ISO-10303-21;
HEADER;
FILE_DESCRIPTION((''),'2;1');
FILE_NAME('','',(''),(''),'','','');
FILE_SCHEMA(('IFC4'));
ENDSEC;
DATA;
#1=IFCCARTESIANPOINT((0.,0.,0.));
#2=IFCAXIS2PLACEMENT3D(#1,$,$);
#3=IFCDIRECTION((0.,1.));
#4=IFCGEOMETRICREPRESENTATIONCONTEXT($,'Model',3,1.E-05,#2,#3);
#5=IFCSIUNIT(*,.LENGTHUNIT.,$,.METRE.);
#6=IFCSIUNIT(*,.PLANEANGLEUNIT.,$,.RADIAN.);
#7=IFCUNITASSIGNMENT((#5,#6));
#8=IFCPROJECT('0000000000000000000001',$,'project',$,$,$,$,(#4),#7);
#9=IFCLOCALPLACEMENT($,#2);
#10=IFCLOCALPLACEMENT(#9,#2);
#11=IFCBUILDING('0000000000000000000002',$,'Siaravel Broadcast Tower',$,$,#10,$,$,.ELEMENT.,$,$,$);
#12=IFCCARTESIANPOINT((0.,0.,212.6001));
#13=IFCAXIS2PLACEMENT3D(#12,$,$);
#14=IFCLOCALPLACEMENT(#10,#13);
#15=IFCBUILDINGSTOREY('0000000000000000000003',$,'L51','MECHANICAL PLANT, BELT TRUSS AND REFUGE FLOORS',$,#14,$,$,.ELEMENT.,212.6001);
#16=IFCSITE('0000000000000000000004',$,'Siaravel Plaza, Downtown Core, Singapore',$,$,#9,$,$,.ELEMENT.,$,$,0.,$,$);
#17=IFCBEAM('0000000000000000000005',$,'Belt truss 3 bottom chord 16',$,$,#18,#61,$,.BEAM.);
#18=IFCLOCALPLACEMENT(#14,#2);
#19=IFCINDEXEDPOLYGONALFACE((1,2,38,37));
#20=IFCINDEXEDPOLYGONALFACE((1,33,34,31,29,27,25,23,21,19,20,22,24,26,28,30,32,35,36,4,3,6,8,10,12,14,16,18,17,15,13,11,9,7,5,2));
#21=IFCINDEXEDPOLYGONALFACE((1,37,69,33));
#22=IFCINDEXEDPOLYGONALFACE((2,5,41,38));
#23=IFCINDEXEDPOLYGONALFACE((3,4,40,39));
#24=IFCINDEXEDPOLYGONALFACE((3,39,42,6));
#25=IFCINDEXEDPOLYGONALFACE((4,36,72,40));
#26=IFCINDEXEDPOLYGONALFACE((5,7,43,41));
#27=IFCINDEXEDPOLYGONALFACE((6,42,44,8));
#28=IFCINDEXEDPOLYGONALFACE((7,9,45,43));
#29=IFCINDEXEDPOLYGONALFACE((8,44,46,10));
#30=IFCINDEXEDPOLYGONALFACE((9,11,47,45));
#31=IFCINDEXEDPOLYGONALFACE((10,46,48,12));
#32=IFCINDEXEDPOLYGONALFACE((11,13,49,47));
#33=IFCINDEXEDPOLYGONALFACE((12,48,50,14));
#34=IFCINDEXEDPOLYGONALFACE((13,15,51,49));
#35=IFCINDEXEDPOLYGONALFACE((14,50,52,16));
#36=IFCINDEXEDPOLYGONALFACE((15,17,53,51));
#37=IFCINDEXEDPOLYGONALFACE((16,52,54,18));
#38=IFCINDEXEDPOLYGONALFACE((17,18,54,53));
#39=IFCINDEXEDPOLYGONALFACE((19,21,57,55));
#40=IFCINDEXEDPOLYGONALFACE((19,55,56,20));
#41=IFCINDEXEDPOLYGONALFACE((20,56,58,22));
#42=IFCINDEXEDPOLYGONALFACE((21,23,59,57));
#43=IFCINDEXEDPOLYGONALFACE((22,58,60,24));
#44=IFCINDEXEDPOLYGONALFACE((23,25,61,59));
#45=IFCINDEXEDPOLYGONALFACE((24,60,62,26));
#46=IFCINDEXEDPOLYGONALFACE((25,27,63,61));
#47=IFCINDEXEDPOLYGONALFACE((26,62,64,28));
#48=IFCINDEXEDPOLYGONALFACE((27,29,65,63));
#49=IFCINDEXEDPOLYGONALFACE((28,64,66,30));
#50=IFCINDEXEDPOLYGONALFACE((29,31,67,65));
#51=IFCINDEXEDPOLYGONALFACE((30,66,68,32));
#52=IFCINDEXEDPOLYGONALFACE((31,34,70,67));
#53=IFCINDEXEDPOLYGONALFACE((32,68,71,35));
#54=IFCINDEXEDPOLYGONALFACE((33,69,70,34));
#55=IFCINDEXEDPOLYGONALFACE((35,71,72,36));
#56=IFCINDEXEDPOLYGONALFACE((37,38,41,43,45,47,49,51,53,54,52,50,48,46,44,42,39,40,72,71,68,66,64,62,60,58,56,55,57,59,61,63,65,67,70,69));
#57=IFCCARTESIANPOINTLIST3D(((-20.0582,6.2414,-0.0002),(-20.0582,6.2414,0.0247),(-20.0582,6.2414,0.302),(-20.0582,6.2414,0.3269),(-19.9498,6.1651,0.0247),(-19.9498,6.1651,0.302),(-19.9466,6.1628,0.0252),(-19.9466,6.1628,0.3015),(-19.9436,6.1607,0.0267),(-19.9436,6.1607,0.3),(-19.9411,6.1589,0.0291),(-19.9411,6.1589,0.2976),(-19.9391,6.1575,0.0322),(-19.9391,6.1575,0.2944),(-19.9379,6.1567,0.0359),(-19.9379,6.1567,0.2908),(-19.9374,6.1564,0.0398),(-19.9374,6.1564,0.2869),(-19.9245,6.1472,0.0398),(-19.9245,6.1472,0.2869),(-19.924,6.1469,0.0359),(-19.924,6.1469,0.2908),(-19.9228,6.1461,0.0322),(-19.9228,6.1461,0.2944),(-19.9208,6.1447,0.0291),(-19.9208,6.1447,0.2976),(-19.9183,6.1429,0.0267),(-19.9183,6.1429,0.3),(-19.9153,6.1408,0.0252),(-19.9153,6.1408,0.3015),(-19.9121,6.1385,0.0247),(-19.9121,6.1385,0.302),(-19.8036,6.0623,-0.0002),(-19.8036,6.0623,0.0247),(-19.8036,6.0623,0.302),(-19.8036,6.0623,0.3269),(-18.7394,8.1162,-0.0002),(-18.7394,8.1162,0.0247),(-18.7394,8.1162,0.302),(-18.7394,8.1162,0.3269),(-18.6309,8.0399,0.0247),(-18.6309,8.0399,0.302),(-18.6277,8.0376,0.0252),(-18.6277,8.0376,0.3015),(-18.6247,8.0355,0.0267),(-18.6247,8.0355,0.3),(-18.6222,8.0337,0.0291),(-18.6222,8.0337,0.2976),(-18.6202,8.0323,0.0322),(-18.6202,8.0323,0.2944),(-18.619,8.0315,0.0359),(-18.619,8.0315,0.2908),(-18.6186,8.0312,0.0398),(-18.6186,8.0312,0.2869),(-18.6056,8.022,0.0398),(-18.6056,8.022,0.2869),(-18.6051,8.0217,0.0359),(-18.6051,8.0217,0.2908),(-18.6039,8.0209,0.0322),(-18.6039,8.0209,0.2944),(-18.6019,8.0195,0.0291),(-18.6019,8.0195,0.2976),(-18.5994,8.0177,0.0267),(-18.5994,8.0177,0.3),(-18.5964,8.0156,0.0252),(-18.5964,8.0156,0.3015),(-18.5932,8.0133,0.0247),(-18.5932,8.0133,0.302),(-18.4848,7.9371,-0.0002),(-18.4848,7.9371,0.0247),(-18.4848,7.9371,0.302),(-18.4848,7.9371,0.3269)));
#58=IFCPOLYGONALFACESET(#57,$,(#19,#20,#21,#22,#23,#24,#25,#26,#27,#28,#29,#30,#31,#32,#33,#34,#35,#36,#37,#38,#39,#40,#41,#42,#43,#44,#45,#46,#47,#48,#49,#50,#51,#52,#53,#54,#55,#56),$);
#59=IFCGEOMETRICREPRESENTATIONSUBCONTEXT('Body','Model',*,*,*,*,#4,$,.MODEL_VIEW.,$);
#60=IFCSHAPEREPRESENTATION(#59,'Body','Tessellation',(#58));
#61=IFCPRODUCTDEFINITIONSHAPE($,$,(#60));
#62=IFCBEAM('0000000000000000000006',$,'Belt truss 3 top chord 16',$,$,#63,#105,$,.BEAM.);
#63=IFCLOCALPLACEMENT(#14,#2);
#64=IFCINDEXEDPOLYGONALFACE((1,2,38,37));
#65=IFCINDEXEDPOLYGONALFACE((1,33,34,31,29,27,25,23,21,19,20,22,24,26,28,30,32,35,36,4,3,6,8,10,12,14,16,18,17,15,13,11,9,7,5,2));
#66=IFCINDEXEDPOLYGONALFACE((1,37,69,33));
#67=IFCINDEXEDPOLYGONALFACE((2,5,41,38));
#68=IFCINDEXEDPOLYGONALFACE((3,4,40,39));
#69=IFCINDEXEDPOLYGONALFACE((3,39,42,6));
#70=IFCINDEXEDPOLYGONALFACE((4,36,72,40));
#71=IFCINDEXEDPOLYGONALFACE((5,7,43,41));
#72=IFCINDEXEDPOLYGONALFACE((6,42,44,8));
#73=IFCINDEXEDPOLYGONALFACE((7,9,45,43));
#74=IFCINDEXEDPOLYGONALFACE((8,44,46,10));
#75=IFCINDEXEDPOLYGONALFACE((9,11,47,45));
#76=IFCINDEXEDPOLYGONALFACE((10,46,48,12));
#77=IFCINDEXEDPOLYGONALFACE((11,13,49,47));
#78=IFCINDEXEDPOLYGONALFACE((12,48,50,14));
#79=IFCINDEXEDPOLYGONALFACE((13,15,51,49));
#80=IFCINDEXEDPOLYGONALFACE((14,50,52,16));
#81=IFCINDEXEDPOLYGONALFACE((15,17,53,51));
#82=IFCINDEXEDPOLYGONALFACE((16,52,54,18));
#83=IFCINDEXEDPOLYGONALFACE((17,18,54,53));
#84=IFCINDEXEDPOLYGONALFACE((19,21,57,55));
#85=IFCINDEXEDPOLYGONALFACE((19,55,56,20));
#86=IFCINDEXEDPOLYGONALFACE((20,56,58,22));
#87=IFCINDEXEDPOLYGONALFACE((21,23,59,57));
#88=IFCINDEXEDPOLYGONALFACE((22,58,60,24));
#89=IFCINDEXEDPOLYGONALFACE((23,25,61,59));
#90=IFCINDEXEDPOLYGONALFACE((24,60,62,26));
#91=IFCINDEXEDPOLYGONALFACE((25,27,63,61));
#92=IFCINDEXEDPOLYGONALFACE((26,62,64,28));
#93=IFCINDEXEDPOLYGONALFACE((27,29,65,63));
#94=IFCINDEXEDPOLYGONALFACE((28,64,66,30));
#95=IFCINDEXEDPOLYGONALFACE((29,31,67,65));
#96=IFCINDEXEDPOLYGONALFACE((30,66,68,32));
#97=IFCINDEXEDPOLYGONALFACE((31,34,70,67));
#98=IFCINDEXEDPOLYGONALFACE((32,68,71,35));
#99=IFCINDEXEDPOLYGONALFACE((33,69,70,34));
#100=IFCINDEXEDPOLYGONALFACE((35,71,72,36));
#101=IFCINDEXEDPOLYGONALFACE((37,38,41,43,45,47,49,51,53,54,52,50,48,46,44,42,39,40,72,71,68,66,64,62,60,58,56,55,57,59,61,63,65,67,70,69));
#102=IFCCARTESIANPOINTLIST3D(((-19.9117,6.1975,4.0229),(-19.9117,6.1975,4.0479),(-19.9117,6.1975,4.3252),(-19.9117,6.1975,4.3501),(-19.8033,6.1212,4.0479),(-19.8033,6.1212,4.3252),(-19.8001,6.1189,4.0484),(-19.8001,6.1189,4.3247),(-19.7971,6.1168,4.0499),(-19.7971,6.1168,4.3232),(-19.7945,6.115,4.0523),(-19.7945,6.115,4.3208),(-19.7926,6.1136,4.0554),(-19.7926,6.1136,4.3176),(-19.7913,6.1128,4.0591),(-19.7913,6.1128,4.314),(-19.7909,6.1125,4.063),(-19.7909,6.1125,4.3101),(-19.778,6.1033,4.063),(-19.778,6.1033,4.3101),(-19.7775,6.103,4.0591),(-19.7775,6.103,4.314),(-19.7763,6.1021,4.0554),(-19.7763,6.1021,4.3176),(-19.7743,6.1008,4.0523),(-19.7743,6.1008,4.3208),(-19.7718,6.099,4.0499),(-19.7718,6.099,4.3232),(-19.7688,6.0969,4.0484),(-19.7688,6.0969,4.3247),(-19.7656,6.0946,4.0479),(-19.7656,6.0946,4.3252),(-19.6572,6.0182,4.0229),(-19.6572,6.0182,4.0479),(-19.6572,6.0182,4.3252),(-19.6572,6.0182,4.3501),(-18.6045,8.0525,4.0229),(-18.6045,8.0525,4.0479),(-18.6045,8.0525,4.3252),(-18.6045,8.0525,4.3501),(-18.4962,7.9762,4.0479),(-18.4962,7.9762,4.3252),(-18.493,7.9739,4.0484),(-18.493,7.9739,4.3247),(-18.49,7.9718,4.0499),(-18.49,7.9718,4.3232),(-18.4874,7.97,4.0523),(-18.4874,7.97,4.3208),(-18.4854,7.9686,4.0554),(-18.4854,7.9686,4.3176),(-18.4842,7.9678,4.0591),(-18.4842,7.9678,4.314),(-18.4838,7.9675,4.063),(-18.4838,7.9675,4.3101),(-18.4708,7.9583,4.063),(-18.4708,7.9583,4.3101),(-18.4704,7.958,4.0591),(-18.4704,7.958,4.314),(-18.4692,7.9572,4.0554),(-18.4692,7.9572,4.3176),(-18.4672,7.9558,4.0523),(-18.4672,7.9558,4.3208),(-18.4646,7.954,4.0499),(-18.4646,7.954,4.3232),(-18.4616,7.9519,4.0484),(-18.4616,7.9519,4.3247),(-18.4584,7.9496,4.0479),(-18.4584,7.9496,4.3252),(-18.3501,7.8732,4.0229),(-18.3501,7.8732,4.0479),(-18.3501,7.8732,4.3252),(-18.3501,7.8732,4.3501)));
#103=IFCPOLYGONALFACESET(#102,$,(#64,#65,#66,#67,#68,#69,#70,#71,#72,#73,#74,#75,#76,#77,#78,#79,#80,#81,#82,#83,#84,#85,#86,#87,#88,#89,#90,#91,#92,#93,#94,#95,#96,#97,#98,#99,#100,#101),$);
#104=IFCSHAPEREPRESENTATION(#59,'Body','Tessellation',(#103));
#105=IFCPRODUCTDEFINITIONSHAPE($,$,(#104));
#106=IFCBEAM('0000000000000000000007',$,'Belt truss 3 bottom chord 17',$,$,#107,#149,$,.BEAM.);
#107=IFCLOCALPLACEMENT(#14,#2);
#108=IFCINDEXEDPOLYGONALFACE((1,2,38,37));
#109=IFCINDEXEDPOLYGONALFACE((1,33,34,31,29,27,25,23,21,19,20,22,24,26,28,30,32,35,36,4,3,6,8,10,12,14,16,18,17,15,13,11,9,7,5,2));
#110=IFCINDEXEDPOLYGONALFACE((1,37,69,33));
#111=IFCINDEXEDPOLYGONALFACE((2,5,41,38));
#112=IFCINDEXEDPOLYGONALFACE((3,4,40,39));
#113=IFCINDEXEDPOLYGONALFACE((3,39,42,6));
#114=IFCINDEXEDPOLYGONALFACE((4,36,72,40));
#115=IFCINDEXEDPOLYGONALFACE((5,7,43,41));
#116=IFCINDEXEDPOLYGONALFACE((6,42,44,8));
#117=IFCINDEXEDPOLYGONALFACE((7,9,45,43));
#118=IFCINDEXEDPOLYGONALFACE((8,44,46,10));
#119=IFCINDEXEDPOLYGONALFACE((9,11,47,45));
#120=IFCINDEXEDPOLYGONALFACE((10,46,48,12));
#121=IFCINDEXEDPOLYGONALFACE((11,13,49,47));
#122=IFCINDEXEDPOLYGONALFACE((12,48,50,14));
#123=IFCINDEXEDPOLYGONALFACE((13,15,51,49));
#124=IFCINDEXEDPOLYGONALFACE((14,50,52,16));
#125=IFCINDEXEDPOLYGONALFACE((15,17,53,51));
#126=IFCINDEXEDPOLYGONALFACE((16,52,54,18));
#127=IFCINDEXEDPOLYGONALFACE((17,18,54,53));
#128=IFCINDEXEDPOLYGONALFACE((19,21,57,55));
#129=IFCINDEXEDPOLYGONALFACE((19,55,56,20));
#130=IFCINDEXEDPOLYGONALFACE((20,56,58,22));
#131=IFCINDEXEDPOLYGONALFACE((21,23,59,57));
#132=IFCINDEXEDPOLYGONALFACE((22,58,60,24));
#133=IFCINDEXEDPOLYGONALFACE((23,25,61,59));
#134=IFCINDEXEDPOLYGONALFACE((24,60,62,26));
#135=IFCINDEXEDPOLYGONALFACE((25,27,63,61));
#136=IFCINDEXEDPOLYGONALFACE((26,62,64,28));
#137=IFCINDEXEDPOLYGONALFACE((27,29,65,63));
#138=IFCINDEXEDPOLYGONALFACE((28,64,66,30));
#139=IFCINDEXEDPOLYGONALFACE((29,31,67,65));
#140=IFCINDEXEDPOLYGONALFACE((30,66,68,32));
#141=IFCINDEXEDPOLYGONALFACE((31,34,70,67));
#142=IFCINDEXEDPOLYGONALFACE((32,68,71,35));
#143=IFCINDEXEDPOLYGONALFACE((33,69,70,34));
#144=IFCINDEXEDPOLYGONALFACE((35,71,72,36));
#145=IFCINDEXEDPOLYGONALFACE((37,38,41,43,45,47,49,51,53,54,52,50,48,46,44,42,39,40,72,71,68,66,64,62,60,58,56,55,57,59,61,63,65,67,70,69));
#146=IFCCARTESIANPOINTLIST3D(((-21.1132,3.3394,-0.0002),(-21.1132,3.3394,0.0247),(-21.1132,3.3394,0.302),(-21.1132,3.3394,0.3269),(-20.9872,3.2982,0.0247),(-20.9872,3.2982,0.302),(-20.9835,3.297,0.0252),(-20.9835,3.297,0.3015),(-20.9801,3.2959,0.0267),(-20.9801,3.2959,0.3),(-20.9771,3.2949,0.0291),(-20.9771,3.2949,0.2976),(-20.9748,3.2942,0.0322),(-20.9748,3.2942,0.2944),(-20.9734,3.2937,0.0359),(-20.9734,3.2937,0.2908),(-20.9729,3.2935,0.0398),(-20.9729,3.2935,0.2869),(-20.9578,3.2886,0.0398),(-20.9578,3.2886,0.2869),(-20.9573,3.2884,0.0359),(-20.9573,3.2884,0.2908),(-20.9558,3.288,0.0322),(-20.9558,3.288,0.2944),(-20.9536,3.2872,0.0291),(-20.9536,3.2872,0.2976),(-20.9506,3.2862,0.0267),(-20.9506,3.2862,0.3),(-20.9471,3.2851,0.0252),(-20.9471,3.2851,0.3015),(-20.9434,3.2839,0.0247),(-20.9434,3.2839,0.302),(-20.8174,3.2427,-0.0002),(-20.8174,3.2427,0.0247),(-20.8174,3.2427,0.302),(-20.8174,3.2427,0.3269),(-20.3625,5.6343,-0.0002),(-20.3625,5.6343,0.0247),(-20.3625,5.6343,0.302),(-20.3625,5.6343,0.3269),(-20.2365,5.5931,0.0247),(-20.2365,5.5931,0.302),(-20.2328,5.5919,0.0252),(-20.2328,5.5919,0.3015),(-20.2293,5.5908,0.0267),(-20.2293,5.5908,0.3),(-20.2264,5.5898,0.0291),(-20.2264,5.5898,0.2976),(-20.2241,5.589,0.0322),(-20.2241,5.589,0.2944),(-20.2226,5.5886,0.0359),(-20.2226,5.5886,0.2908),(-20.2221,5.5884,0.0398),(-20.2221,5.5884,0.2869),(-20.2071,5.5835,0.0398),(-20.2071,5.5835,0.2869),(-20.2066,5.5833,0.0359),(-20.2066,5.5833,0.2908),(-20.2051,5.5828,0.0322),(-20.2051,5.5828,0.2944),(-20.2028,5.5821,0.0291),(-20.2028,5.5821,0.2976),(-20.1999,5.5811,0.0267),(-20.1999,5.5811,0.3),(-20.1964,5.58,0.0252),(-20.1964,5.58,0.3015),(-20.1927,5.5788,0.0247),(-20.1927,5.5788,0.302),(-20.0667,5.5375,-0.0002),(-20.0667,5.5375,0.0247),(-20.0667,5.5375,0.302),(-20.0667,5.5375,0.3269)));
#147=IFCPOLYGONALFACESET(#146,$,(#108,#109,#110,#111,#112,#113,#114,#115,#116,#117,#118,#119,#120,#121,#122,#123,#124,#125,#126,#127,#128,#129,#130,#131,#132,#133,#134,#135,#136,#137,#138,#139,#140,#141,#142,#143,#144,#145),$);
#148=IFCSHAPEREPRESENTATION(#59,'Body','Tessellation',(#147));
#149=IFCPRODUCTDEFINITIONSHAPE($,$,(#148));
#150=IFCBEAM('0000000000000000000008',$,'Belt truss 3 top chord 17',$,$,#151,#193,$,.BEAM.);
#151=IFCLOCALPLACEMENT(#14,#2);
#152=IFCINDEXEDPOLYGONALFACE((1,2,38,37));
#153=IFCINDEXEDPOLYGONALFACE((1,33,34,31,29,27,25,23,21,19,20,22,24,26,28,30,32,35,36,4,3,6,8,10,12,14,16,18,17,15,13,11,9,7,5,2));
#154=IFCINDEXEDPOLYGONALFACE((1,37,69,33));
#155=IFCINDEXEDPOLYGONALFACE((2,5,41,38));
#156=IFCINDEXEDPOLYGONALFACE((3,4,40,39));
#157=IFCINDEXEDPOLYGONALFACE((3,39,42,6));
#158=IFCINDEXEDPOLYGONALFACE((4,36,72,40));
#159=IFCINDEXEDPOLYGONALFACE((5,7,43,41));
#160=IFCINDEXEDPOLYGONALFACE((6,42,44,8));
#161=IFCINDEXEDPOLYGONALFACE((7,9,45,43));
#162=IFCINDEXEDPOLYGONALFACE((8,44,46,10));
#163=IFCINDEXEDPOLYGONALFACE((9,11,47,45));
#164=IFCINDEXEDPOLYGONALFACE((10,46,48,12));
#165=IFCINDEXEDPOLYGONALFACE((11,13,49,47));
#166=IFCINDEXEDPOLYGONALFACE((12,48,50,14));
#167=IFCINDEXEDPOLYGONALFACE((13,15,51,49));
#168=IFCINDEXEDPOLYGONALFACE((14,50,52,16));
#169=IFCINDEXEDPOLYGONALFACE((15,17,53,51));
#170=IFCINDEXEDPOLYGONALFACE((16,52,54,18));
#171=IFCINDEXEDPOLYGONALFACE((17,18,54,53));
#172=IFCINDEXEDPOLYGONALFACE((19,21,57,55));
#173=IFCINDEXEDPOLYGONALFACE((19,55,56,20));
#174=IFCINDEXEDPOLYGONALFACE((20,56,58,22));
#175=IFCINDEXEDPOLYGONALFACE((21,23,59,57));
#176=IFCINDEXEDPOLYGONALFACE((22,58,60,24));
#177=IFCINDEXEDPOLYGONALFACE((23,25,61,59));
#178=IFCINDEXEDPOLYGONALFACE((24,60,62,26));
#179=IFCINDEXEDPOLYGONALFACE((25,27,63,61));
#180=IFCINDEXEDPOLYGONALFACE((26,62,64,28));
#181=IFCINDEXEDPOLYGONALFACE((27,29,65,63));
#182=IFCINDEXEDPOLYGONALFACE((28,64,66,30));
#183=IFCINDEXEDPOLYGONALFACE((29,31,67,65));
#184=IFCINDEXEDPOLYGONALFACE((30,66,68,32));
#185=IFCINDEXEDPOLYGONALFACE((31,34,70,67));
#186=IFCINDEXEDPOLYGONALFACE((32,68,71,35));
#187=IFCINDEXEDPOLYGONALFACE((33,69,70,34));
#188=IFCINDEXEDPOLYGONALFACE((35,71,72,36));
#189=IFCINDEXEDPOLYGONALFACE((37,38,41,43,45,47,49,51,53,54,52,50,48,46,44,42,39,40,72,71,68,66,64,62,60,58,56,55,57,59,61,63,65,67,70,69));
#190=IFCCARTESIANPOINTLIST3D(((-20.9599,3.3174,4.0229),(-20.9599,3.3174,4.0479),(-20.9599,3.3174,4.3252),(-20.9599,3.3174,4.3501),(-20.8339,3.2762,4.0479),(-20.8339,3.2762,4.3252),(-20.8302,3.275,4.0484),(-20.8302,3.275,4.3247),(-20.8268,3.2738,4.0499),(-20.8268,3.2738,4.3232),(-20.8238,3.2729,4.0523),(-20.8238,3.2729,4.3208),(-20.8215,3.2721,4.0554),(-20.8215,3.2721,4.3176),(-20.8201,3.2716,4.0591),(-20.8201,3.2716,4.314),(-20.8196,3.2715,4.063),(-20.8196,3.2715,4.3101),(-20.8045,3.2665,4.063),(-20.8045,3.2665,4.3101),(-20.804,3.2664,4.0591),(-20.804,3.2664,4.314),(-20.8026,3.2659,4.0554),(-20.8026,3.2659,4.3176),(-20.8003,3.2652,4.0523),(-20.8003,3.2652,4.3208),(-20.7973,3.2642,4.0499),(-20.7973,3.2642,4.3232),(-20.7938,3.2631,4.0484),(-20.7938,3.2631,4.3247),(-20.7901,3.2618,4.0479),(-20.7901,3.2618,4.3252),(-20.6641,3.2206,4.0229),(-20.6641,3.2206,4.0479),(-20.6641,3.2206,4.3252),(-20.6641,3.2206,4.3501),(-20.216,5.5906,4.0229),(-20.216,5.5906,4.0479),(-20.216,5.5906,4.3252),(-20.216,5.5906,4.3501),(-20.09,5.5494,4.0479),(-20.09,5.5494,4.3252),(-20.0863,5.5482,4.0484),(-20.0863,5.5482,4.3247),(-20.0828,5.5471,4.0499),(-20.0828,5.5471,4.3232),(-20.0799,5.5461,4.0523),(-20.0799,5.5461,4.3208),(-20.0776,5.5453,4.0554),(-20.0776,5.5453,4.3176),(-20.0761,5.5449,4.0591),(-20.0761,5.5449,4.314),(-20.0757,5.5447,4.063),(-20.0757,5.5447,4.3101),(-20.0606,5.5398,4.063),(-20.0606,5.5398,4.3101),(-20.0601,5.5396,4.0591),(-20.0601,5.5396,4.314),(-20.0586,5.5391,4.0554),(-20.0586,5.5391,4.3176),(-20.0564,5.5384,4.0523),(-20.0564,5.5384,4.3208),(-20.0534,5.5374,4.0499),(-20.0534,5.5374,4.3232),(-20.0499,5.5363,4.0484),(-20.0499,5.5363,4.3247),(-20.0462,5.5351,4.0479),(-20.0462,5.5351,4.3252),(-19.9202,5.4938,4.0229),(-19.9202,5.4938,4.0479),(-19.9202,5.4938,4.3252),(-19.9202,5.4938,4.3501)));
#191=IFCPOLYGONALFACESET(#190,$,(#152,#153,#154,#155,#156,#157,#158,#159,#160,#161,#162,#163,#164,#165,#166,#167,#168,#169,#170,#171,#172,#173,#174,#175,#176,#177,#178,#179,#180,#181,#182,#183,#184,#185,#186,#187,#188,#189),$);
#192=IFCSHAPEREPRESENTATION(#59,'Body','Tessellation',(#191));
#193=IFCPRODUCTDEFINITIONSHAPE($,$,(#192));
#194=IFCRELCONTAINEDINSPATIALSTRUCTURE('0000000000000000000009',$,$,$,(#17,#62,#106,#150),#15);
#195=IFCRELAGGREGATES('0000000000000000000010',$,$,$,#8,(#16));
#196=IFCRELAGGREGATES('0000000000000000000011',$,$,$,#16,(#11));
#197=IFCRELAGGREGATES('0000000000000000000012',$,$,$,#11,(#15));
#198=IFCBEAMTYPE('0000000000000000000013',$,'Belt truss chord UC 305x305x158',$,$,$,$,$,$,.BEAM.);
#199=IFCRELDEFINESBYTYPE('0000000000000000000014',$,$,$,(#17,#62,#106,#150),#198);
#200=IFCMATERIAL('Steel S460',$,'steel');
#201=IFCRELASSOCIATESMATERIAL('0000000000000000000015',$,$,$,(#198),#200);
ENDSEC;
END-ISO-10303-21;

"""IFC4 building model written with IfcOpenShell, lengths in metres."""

from ifc_helpers import new_model, si_unit, direction, frame, origin, origin_2d, place, context, subcontext, project, spatial, i_section, extrude, material, material_profile, profile_set, type_object, element, save


model = new_model("IFC4")

# Units and contexts
model_context = context("Model", 3, precision=1e-05, world=origin(), true_north=direction((0.0, 1.0)))
body_context = subcontext(model_context, "Body", "Model", "MODEL_VIEW")
ifc_project = project(units=[si_unit("LENGTHUNIT", "METRE"), si_unit("PLANEANGLEUNIT", "RADIAN")], contexts=[model_context])

# Site, building, storey
site_placement = place(None, origin())
site = spatial("IfcSite", under=ifc_project, at=site_placement, Name="Siaravel Plaza, Downtown Core, Singapore", CompositionType="ELEMENT", RefElevation=0.0)
building_placement = place(site_placement, origin())
building = spatial("IfcBuilding", under=site, at=building_placement, Name="Siaravel Broadcast Tower", CompositionType="ELEMENT")
storey_placement = place(building_placement, frame((0.0, 0.0, 212.6001)))
storey = spatial("IfcBuildingStorey", under=building, at=storey_placement, Name="L51", Description="MECHANICAL PLANT, BELT TRUSS AND REFUGE FLOORS", CompositionType="ELEMENT", Elevation=212.6001)

# Beams
ifc_material_1 = material(Name="Steel S460", Category="steel")
ifc_material_profile_1 = material_profile(ifc_material_1, i_section(OverallWidth=0.3113, OverallDepth=0.3271, WebThickness=0.0159, FlangeThickness=0.0249, FilletRadius=0.0151, at=origin_2d()))
ifc_profile_set_1 = profile_set([ifc_material_profile_1], Name="Steel S460")
beam_type_1 = type_object("IfcBeamType", Name="Belt truss chord UC 305x305x158", PredefinedType="BEAM", material=ifc_profile_set_1)
beam_1_placement = place(storey_placement, frame((-18.6121, 8.0266, 0.1633), z_axis=(-0.575369, -0.817894, 0.0), x_axis=(0.817894, -0.575369, 0.0)))
element("IfcBeam", 1, at=beam_1_placement, inside=storey, type_object=beam_type_1, Name="Belt truss 3 bottom chord 16", PredefinedType="BEAM", context=body_context, shape_type="SweptSolid", body=[
    extrude(i_section(OverallWidth=0.3113, OverallDepth=0.3271, WebThickness=0.0159, FlangeThickness=0.0249, FilletRadius=0.0151, at=origin_2d()), origin(), (0.0, 0.0, 1.0), 2.2922),
])
beam_2_placement = place(storey_placement, frame((-18.4773, 7.9629, 4.1865), z_axis=(-0.576016, -0.817439, 0.0), x_axis=(0.817439, -0.576016, 0.0)))
element("IfcBeam", 2, at=beam_2_placement, inside=storey, type_object=beam_type_1, Name="Belt truss 3 top chord 16", PredefinedType="BEAM", context=body_context, shape_type="SweptSolid", body=[
    extrude(i_section(OverallWidth=0.3113, OverallDepth=0.3271, WebThickness=0.0159, FlangeThickness=0.0249, FilletRadius=0.0151, at=origin_2d()), origin(), (0.0, 0.0, 1.0), 2.2693),
])
beam_3_placement = place(storey_placement, frame((-20.2146, 5.5859, 0.1633), z_axis=(-0.310915, -0.950438, 0.0), x_axis=(0.950438, -0.310915, 0.0)))
element("IfcBeam", 3, at=beam_3_placement, inside=storey, type_object=beam_type_1, Name="Belt truss 3 bottom chord 17", PredefinedType="BEAM", context=body_context, shape_type="SweptSolid", body=[
    extrude(i_section(OverallWidth=0.3113, OverallDepth=0.3271, WebThickness=0.0159, FlangeThickness=0.0249, FilletRadius=0.0151, at=origin_2d()), origin(), (0.0, 0.0, 1.0), 2.4146),
])
beam_4_placement = place(storey_placement, frame((-20.0681, 5.5422, 4.1865), z_axis=(-0.311017, -0.950404, 0.0), x_axis=(0.950404, -0.311017, 0.0)))
element("IfcBeam", 4, at=beam_4_placement, inside=storey, type_object=beam_type_1, Name="Belt truss 3 top chord 17", PredefinedType="BEAM", context=body_context, shape_type="SweptSolid", body=[
    extrude(i_section(OverallWidth=0.3113, OverallDepth=0.3271, WebThickness=0.0159, FlangeThickness=0.0249, FilletRadius=0.0151, at=origin_2d()), origin(), (0.0, 0.0, 1.0), 2.3918),
])

save(model, "model.ifc")
